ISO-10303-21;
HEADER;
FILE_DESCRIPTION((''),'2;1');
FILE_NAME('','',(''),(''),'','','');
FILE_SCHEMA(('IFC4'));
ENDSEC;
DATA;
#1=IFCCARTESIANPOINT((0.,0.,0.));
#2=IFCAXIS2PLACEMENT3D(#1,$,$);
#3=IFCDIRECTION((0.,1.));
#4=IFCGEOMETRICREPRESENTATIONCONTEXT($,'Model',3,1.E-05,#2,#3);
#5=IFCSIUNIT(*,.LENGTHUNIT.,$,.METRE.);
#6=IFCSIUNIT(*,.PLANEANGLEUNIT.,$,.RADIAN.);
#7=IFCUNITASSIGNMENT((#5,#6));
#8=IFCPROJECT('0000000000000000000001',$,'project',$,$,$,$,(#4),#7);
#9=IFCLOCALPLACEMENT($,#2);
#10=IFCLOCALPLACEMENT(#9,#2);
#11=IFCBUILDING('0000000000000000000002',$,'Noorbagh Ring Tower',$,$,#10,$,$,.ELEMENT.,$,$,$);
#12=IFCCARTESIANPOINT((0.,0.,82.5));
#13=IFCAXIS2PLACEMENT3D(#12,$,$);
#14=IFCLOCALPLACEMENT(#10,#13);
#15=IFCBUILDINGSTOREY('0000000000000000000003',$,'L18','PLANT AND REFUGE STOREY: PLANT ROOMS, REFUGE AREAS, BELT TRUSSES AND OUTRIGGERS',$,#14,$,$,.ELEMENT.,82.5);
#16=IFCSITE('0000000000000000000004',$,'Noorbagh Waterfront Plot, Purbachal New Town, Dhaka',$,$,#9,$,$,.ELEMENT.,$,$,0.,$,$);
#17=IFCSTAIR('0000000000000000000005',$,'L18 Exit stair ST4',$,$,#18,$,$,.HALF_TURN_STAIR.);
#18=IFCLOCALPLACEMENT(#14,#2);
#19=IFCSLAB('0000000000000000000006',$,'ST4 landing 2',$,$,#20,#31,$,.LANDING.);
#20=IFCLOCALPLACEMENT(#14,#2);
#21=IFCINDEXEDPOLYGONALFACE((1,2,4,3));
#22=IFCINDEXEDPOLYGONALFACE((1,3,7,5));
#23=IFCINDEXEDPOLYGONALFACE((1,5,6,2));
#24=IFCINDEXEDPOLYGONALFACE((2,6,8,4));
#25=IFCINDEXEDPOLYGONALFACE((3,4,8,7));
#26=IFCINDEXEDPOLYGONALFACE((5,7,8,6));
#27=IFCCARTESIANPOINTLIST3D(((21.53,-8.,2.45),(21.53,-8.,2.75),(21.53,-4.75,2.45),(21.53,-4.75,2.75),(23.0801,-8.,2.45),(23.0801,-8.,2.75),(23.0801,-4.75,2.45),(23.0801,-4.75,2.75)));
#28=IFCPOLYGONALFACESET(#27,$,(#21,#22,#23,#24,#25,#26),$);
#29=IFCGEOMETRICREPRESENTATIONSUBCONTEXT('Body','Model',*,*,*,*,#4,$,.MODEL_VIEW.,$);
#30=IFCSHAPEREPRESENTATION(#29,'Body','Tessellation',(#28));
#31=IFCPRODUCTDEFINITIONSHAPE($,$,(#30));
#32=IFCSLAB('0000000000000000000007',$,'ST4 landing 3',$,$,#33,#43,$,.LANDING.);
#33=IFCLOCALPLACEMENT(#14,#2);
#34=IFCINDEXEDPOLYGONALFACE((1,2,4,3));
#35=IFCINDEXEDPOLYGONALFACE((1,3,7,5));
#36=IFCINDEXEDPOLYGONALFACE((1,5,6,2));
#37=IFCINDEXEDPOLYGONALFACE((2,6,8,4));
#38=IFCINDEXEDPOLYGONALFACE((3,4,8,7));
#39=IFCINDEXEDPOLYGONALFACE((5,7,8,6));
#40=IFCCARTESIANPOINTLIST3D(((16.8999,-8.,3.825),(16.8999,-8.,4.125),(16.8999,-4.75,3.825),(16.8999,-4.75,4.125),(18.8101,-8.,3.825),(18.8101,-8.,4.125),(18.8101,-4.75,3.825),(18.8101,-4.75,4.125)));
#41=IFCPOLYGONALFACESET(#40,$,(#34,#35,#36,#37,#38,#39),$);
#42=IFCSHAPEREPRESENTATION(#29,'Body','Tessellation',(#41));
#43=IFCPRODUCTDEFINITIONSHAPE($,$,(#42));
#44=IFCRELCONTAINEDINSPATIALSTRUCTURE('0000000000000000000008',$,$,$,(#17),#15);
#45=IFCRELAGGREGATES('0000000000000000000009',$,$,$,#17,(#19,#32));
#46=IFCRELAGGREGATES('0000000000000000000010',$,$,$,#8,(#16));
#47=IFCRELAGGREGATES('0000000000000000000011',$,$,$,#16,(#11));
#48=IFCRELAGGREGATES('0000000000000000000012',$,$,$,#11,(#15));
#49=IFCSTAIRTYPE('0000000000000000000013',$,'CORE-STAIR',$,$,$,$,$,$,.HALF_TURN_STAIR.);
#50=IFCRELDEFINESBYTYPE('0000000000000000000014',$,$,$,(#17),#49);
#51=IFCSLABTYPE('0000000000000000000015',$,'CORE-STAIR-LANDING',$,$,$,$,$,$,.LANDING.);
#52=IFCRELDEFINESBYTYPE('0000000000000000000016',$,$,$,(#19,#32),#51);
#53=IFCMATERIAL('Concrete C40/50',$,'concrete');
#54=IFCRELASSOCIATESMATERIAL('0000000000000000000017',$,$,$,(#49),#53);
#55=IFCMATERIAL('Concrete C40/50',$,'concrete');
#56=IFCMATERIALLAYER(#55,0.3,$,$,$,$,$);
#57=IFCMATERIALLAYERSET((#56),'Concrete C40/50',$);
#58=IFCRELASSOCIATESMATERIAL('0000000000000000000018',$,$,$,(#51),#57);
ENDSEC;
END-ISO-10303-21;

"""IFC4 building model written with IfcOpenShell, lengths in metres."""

from ifc_helpers import new_model, si_unit, direction, frame, origin, place, context, subcontext, project, spatial, polyline, outline, extrude, material, layer, layer_set, type_object, element, aggregate, save


model = new_model("IFC4")

# Units and contexts
model_context = context("Model", 3, precision=1e-05, world=origin(), true_north=direction((0.0, 1.0)))
body_context = subcontext(model_context, "Body", "Model", "MODEL_VIEW")
ifc_project = project(units=[si_unit("LENGTHUNIT", "METRE"), si_unit("PLANEANGLEUNIT", "RADIAN")], contexts=[model_context])

# Site, building, storey
site_placement = place(None, origin())
building_placement = place(site_placement, origin())
storey_placement = place(building_placement, frame((0.0, 0.0, 82.5)))
site = spatial("IfcSite", under=ifc_project, at=site_placement, Name="Noorbagh Waterfront Plot, Purbachal New Town, Dhaka", CompositionType="ELEMENT", RefElevation=0.0)
building = spatial("IfcBuilding", under=site, at=building_placement, Name="Noorbagh Ring Tower", CompositionType="ELEMENT")
storey = spatial("IfcBuildingStorey", under=building, at=storey_placement, Name="L18", Description="PLANT AND REFUGE STOREY: PLANT ROOMS, REFUGE AREAS, BELT TRUSSES AND OUTRIGGERS", CompositionType="ELEMENT", Elevation=82.5)

# Stair, slabs
ifc_material_1 = material(Name="Concrete C40/50", Category="concrete")
stair_type = type_object("IfcStairType", Name="CORE-STAIR", PredefinedType="HALF_TURN_STAIR", material=ifc_material_1)
ifc_material_2 = material(Name="Concrete C40/50", Category="concrete")
ifc_layer_1 = layer(ifc_material_2, 0.3)
ifc_layer_set_1 = layer_set([ifc_layer_1], Name="Concrete C40/50")
slab_type = type_object("IfcSlabType", Name="CORE-STAIR-LANDING", PredefinedType="LANDING", material=ifc_layer_set_1)
stair_1_placement = place(storey_placement, origin())
stair_1 = element("IfcStair", 1, at=stair_1_placement, inside=storey, type_object=stair_type, Name="L18 Exit stair ST4", PredefinedType="HALF_TURN_STAIR")
slab_1_placement = place(storey_placement, frame((0.0, 0.0, 2.45)))
slab_1 = element("IfcSlab", 2, at=slab_1_placement, type_object=slab_type, Name="ST4 landing 2", PredefinedType="LANDING", context=body_context, shape_type="SweptSolid", body=[
    extrude(outline(polyline([(23.0801, -4.75), (21.53, -4.75), (21.53, -8.0), (23.0801, -8.0), (23.0801, -4.75)])), origin(), (0.0, 0.0, 1.0), 0.3),
])
slab_2_placement = place(storey_placement, frame((0.0, 0.0, 3.825)))
slab_2 = element("IfcSlab", 3, at=slab_2_placement, type_object=slab_type, Name="ST4 landing 3", PredefinedType="LANDING", context=body_context, shape_type="SweptSolid", body=[
    extrude(outline(polyline([(18.8101, -4.75), (16.8999, -4.75), (16.8999, -8.0), (18.8101, -8.0), (18.8101, -4.75)])), origin(), (0.0, 0.0, 1.0), 0.3),
])
aggregate(stair_1, [slab_1, slab_2])

save(model, "model.ifc")
